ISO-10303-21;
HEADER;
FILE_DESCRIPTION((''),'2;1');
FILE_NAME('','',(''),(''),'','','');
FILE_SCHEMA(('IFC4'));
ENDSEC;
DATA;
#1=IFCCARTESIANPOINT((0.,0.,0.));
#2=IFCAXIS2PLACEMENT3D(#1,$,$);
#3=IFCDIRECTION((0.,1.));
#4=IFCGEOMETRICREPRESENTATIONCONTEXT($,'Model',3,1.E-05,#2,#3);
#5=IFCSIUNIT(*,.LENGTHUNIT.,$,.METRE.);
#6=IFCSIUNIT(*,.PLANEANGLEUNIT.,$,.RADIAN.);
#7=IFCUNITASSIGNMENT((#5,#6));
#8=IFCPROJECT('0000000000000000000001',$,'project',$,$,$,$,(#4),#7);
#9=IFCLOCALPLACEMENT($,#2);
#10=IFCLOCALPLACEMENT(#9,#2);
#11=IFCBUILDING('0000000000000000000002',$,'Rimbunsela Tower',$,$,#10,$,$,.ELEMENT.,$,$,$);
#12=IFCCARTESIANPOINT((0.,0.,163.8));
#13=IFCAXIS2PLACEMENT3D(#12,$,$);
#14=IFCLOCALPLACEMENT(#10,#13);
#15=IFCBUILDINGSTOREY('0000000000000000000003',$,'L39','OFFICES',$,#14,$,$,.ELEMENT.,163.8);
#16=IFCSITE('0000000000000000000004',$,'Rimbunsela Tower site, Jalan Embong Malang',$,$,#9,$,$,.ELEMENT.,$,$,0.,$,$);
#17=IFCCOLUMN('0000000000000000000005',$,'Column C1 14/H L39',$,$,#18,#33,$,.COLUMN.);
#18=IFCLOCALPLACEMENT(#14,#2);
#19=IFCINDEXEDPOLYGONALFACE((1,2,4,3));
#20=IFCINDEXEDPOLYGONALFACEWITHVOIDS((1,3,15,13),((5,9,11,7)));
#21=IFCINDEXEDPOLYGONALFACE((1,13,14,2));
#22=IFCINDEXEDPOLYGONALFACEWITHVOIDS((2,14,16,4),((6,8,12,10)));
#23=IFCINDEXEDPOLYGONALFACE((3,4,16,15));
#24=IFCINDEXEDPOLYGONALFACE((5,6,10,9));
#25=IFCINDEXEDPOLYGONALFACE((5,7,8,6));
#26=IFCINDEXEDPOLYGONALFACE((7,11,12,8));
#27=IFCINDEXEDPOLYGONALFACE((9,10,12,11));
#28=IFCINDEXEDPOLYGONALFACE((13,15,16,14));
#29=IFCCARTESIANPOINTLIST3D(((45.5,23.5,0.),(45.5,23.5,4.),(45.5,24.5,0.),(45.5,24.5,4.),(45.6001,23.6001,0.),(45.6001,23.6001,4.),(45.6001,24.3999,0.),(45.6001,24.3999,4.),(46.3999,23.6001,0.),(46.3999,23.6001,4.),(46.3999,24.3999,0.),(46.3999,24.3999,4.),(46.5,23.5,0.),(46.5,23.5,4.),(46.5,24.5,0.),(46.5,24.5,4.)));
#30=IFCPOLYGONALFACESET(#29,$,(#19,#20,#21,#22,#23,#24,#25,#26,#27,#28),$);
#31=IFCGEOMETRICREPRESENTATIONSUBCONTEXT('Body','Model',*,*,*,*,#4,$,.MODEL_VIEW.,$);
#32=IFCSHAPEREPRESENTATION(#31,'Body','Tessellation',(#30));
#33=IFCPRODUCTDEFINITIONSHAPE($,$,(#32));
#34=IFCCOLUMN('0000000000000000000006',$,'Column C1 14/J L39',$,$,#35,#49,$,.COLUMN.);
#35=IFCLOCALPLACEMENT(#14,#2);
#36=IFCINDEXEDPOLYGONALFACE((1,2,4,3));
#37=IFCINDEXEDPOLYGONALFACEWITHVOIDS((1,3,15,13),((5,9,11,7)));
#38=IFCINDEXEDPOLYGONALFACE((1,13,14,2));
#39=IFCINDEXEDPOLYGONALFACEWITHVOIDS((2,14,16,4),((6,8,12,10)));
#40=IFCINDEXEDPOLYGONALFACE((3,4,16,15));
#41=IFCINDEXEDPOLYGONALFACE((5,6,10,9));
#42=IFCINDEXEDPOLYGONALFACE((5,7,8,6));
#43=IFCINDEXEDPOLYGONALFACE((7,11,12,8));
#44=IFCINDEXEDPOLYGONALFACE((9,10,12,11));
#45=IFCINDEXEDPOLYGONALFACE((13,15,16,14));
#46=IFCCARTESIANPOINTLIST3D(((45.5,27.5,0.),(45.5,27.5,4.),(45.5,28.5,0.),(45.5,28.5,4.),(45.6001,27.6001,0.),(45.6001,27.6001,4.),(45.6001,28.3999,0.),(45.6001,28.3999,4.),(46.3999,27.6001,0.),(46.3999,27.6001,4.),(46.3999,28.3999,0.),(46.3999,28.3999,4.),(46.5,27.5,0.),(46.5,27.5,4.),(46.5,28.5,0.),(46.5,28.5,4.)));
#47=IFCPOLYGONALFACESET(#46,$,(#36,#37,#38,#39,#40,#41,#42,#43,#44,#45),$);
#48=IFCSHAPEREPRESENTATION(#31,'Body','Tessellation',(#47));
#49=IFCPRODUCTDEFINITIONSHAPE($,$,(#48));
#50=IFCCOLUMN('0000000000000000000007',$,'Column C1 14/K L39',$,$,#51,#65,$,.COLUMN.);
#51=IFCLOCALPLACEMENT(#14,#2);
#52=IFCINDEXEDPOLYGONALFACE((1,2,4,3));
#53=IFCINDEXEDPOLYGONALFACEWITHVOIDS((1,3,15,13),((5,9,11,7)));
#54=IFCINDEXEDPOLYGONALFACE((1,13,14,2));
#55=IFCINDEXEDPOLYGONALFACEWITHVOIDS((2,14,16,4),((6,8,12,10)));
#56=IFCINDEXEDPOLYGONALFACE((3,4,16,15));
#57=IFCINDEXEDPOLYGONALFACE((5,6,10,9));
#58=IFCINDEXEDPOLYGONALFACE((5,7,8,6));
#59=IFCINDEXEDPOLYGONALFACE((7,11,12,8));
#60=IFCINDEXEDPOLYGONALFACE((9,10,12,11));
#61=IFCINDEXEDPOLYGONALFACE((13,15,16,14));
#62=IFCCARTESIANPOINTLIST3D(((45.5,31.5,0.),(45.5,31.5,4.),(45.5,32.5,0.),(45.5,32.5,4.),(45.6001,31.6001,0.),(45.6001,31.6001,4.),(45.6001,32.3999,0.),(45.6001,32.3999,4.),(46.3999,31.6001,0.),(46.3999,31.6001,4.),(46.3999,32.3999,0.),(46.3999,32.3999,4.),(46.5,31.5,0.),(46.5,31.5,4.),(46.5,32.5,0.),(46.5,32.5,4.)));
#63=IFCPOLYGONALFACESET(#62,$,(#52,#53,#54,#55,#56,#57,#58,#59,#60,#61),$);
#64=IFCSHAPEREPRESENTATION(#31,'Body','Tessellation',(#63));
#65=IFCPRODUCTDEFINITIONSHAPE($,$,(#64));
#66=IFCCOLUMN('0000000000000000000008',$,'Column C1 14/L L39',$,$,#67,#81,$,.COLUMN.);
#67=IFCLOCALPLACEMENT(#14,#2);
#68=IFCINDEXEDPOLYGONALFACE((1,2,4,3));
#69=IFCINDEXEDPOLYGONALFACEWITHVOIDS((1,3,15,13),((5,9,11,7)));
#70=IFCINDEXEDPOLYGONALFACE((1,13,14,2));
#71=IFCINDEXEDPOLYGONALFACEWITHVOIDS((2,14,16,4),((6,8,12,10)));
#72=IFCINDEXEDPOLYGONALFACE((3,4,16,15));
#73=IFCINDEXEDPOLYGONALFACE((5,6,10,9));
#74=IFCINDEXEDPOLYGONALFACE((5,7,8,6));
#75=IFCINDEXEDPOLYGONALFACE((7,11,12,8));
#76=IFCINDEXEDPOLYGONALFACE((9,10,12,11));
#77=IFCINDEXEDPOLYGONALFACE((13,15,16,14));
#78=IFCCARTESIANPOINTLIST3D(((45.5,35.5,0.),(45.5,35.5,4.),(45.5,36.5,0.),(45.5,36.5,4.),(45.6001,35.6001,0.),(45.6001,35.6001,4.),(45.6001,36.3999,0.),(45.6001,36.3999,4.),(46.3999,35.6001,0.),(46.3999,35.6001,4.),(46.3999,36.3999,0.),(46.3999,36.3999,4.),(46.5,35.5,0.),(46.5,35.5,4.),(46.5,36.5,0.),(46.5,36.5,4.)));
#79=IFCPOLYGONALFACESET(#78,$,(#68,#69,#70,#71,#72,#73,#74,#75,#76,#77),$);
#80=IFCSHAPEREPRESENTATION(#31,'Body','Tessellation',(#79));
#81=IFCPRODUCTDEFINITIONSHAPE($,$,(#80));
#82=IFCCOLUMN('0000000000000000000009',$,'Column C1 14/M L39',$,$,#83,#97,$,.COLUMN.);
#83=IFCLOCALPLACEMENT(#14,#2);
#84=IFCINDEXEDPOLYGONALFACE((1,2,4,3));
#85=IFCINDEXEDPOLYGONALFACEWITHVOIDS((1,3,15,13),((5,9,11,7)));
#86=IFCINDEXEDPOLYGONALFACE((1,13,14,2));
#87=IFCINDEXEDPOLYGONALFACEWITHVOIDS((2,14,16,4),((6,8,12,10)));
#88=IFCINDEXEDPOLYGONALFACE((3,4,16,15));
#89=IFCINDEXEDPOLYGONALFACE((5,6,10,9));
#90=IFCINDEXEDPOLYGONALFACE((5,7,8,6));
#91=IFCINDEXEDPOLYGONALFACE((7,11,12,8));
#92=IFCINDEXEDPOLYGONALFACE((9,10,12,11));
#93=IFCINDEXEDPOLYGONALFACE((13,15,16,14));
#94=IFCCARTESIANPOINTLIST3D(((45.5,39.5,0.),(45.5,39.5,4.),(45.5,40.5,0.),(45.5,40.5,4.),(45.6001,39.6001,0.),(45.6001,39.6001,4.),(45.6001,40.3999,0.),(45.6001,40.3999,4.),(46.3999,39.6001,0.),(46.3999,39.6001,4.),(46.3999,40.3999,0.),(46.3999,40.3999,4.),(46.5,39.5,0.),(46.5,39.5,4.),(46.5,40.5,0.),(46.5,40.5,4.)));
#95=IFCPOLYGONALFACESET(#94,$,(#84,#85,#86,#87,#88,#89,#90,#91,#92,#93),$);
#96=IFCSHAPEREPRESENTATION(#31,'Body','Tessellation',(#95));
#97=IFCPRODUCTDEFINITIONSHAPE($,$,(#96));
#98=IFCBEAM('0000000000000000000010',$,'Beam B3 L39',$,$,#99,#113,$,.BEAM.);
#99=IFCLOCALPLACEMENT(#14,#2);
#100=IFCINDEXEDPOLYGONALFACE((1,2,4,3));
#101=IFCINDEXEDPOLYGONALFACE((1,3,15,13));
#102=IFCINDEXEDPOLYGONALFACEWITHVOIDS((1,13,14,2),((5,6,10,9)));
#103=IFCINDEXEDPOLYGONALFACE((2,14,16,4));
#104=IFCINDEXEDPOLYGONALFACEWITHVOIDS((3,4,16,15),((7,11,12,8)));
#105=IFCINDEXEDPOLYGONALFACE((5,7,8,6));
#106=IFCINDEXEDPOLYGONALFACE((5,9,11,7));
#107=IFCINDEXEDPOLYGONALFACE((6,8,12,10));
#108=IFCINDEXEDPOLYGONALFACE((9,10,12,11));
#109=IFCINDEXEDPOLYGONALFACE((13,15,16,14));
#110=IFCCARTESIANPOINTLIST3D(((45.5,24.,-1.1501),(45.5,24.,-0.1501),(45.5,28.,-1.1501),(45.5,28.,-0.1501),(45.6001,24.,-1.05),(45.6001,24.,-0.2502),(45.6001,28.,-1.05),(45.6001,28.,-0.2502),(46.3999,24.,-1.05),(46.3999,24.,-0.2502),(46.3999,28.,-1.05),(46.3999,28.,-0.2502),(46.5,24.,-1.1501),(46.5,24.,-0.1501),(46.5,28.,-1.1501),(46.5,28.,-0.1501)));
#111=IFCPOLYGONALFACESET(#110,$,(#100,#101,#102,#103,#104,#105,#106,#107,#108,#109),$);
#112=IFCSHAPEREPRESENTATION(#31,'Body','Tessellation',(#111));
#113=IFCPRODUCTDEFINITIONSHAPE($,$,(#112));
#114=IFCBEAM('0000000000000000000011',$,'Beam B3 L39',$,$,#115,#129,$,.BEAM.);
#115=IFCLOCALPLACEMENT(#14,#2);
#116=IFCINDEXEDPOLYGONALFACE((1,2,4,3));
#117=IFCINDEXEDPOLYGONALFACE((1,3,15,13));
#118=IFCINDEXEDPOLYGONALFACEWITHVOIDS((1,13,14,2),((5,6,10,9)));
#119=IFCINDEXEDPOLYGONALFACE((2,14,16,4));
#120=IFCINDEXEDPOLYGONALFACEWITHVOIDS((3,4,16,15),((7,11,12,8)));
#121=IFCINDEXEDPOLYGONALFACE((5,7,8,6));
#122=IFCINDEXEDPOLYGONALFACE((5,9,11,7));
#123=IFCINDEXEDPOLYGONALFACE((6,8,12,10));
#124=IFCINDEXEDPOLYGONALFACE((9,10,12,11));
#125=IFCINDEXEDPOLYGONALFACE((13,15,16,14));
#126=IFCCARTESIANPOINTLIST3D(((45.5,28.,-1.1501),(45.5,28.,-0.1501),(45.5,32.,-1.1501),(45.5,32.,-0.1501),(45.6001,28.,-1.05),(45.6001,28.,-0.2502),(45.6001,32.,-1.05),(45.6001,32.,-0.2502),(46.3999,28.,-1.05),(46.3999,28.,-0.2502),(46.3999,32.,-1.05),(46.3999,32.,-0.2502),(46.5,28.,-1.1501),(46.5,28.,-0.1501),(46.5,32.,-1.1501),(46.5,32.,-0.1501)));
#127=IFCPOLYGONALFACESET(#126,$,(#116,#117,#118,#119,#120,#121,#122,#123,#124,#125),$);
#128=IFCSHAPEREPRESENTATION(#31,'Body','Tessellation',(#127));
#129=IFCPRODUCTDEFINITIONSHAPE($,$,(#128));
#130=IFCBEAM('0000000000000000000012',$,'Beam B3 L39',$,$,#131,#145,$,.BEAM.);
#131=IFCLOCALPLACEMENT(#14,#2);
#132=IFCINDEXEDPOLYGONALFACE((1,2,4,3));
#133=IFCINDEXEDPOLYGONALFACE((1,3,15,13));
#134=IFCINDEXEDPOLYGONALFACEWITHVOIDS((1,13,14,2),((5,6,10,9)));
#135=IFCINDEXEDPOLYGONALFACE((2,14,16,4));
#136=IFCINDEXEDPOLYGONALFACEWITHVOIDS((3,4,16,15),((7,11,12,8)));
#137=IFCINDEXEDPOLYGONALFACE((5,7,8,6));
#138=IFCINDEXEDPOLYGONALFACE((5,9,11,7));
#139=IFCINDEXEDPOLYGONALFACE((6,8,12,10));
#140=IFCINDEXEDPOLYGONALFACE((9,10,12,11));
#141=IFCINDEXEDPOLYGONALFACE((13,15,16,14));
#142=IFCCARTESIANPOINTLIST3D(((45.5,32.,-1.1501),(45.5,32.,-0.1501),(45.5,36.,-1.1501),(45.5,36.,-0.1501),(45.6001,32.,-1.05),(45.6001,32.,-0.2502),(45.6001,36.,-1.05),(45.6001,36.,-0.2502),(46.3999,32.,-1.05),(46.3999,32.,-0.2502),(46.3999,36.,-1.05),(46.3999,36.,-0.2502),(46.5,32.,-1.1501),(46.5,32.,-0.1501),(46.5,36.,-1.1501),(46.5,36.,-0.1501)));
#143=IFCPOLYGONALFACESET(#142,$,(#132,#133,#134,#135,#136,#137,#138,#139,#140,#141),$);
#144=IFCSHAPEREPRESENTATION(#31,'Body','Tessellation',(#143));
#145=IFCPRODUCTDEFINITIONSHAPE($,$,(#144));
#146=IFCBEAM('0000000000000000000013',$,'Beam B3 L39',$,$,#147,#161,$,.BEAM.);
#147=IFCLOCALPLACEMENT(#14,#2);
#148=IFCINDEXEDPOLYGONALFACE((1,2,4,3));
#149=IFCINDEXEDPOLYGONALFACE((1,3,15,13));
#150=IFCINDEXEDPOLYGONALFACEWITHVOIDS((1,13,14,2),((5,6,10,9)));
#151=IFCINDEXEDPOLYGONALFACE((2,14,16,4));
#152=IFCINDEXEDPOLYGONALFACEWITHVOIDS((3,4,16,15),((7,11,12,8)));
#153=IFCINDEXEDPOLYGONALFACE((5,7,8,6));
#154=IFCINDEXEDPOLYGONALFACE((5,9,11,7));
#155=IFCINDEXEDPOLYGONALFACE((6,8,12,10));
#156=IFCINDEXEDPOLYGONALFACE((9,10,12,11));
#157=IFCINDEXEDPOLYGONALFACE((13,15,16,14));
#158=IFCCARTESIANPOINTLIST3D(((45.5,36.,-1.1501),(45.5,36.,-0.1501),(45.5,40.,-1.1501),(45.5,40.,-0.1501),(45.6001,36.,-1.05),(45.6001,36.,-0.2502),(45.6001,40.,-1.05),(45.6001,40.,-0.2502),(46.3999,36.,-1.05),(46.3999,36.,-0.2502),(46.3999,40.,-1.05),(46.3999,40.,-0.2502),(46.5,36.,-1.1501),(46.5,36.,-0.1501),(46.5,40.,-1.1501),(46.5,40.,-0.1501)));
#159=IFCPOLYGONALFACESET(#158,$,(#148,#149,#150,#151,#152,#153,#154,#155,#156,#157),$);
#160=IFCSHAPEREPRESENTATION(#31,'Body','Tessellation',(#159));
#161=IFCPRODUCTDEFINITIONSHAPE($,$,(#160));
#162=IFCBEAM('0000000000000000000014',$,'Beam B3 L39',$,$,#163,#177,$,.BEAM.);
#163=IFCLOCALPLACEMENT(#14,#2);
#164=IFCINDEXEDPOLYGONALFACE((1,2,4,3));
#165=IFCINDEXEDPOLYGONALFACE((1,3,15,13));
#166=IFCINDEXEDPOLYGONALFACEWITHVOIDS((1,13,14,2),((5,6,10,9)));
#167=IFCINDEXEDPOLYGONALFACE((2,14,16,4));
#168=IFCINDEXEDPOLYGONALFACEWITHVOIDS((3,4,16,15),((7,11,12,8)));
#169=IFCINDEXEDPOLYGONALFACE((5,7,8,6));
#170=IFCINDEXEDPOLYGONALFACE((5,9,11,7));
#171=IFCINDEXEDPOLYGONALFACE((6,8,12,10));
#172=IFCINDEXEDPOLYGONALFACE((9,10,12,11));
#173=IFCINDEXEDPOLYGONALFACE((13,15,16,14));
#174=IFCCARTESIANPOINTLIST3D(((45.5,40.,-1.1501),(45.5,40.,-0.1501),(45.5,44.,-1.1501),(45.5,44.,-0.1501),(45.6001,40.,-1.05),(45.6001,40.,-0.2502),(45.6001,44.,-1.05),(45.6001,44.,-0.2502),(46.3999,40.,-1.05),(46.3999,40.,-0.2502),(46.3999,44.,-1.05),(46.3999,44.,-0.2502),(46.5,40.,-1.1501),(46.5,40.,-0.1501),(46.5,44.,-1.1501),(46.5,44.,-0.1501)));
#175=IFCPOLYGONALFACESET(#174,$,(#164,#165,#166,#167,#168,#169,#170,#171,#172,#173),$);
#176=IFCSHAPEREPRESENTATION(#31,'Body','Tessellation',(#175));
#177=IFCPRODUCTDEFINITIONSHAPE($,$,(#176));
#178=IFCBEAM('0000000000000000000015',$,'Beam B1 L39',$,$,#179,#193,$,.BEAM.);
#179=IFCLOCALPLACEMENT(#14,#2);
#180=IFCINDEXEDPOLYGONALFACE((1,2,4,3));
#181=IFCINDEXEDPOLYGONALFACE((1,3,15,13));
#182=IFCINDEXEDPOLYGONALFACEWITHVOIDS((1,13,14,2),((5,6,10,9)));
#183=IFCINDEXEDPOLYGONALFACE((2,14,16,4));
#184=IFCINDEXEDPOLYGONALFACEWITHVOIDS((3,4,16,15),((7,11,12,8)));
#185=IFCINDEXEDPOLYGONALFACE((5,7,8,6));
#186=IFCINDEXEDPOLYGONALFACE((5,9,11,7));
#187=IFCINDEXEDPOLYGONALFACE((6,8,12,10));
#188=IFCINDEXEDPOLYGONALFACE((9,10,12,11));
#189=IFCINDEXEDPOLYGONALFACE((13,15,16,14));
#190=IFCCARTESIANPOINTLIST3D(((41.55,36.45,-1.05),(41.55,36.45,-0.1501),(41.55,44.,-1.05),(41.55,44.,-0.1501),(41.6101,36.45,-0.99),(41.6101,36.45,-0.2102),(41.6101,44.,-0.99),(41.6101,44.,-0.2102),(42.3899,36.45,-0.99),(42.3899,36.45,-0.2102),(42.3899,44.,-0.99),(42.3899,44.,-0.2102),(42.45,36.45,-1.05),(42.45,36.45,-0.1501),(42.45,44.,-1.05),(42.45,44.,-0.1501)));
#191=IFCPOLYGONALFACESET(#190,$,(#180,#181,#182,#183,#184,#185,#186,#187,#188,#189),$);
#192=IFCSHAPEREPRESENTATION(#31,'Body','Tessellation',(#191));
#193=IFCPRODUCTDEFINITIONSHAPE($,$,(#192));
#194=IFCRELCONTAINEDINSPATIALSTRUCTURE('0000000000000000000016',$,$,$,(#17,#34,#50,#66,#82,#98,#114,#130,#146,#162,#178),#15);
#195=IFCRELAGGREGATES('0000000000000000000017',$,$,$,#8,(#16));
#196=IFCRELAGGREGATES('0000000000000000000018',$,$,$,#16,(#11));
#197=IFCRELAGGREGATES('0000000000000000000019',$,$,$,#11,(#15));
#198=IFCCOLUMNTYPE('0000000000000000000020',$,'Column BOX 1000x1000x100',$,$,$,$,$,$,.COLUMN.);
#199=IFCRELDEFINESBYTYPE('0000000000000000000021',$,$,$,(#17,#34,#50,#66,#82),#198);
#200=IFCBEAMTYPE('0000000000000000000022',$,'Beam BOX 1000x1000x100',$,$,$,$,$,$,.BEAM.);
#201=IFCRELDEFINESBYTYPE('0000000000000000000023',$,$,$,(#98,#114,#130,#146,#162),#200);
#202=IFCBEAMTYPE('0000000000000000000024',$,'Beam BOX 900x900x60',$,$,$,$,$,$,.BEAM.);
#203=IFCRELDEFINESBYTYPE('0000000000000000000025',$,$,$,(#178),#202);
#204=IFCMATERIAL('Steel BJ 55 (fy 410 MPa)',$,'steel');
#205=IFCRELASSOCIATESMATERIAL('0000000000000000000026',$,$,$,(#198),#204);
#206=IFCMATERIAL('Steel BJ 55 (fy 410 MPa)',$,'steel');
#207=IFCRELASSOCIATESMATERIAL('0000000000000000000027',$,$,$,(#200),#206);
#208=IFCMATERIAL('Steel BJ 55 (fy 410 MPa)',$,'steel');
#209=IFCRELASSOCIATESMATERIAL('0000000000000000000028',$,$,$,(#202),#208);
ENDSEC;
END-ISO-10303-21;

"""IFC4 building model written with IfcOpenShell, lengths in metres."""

from ifc_helpers import new_model, si_unit, direction, frame, origin, origin_2d, place, context, subcontext, project, spatial, hollow_rectangle, extrude, material, material_profile, profile_set, type_object, element, save


model = new_model("IFC4")

# Units and contexts
model_context = context("Model", 3, precision=1e-05, world=origin(), true_north=direction((0.0, 1.0)))
body_context = subcontext(model_context, "Body", "Model", "MODEL_VIEW")
ifc_project = project(units=[si_unit("LENGTHUNIT", "METRE"), si_unit("PLANEANGLEUNIT", "RADIAN")], contexts=[model_context])

# Site, building, storey
site_placement = place(None, origin())
site = spatial("IfcSite", under=ifc_project, at=site_placement, Name="Rimbunsela Tower site, Jalan Embong Malang", CompositionType="ELEMENT", RefElevation=0.0)
building_placement = place(site_placement, origin())
building = spatial("IfcBuilding", under=site, at=building_placement, Name="Rimbunsela Tower", CompositionType="ELEMENT")
storey_placement = place(building_placement, frame((0.0, 0.0, 163.8)))
storey = spatial("IfcBuildingStorey", under=building, at=storey_placement, Name="L39", Description="OFFICES", CompositionType="ELEMENT", Elevation=163.8)

# Columns
ifc_material_1 = material(Name="Steel BJ 55 (fy 410 MPa)", Category="steel")
ifc_material_profile_1 = material_profile(ifc_material_1, hollow_rectangle(XDim=1.0, YDim=1.0, WallThickness=0.1001, at=origin_2d()), Name="BOX 1000x1000x100")
ifc_profile_set_1 = profile_set([ifc_material_profile_1], Name="Steel BJ 55 (fy 410 MPa)")
column_type = type_object("IfcColumnType", Name="Column BOX 1000x1000x100", PredefinedType="COLUMN", material=ifc_profile_set_1)
for number, where, z_axis, x_axis, name in (
    (1, (46.0, 24.0, 0.0), (0.0, 0.0, 1.0), (1.0, 0.0, 0.0), "Column C1 14/H L39"),
    (2, (46.0, 28.0, 0.0), (0.0, 0.0, 1.0), (1.0, 0.0, 0.0), "Column C1 14/J L39"),
    (3, (46.0, 32.0, 0.0), (0.0, 0.0, 1.0), (1.0, 0.0, 0.0), "Column C1 14/K L39"),
    (4, (46.0, 36.0, 0.0), (0.0, 0.0, 1.0), (1.0, 0.0, 0.0), "Column C1 14/L L39"),
    (5, (46.0, 40.0, 0.0), (0.0, 0.0, 1.0), (1.0, 0.0, 0.0), "Column C1 14/M L39"),
):
    element("IfcColumn", number, at=place(storey_placement, frame(where, z_axis=z_axis, x_axis=x_axis)), inside=storey, type_object=column_type, Name=name, PredefinedType="COLUMN", context=body_context, shape_type="SweptSolid", body=[
        extrude(hollow_rectangle(XDim=1.0, YDim=1.0, WallThickness=0.1001, at=origin_2d()), origin(), (0.0, 0.0, 1.0), 4.0),
    ])

# Beams
ifc_material_2 = material(Name="Steel BJ 55 (fy 410 MPa)", Category="steel")
ifc_material_profile_2 = material_profile(ifc_material_2, hollow_rectangle(XDim=1.0, YDim=1.0, WallThickness=0.1001, at=origin_2d()), Name="BOX 1000x1000x100")
ifc_profile_set_2 = profile_set([ifc_material_profile_2], Name="Steel BJ 55 (fy 410 MPa)")
beam_type_1 = type_object("IfcBeamType", Name="Beam BOX 1000x1000x100", PredefinedType="BEAM", material=ifc_profile_set_2)
for number, where, z_axis, x_axis, name in (
    (6, (46.0, 24.0, -0.6501), (0.0, 1.0, 0.0), (-1.0, 0.0, 0.0), "Beam B3 L39"),
    (7, (46.0, 28.0, -0.6501), (0.0, 1.0, 0.0), (-1.0, 0.0, 0.0), "Beam B3 L39"),
    (8, (46.0, 32.0, -0.6501), (0.0, 1.0, 0.0), (-1.0, 0.0, 0.0), "Beam B3 L39"),
    (9, (46.0, 36.0, -0.6501), (0.0, 1.0, 0.0), (-1.0, 0.0, 0.0), "Beam B3 L39"),
    (10, (46.0, 40.0, -0.6501), (0.0, 1.0, 0.0), (-1.0, 0.0, 0.0), "Beam B3 L39"),
):
    element("IfcBeam", number, at=place(storey_placement, frame(where, z_axis=z_axis, x_axis=x_axis)), inside=storey, type_object=beam_type_1, Name=name, PredefinedType="BEAM", context=body_context, shape_type="SweptSolid", body=[
        extrude(hollow_rectangle(XDim=1.0, YDim=1.0, WallThickness=0.1001, at=origin_2d()), origin(), (0.0, 0.0, 1.0), 4.0),
    ])
ifc_material_3 = material(Name="Steel BJ 55 (fy 410 MPa)", Category="steel")
ifc_material_profile_3 = material_profile(ifc_material_3, hollow_rectangle(XDim=0.8999, YDim=0.8999, WallThickness=0.0601, at=origin_2d()), Name="BOX 900x900x60")
ifc_profile_set_3 = profile_set([ifc_material_profile_3], Name="Steel BJ 55 (fy 410 MPa)")
beam_type_2 = type_object("IfcBeamType", Name="Beam BOX 900x900x60", PredefinedType="BEAM", material=ifc_profile_set_3)
beam_placement = place(storey_placement, frame((42.0, 36.45, -0.6001), z_axis=(0.0, 1.0, 0.0), x_axis=(-1.0, 0.0, 0.0)))
element("IfcBeam", 11, at=beam_placement, inside=storey, type_object=beam_type_2, Name="Beam B1 L39", PredefinedType="BEAM", context=body_context, shape_type="SweptSolid", body=[
    extrude(hollow_rectangle(XDim=0.8999, YDim=0.8999, WallThickness=0.0601, at=origin_2d()), origin(), (0.0, 0.0, 1.0), 7.55),
])

save(model, "model.ifc")
